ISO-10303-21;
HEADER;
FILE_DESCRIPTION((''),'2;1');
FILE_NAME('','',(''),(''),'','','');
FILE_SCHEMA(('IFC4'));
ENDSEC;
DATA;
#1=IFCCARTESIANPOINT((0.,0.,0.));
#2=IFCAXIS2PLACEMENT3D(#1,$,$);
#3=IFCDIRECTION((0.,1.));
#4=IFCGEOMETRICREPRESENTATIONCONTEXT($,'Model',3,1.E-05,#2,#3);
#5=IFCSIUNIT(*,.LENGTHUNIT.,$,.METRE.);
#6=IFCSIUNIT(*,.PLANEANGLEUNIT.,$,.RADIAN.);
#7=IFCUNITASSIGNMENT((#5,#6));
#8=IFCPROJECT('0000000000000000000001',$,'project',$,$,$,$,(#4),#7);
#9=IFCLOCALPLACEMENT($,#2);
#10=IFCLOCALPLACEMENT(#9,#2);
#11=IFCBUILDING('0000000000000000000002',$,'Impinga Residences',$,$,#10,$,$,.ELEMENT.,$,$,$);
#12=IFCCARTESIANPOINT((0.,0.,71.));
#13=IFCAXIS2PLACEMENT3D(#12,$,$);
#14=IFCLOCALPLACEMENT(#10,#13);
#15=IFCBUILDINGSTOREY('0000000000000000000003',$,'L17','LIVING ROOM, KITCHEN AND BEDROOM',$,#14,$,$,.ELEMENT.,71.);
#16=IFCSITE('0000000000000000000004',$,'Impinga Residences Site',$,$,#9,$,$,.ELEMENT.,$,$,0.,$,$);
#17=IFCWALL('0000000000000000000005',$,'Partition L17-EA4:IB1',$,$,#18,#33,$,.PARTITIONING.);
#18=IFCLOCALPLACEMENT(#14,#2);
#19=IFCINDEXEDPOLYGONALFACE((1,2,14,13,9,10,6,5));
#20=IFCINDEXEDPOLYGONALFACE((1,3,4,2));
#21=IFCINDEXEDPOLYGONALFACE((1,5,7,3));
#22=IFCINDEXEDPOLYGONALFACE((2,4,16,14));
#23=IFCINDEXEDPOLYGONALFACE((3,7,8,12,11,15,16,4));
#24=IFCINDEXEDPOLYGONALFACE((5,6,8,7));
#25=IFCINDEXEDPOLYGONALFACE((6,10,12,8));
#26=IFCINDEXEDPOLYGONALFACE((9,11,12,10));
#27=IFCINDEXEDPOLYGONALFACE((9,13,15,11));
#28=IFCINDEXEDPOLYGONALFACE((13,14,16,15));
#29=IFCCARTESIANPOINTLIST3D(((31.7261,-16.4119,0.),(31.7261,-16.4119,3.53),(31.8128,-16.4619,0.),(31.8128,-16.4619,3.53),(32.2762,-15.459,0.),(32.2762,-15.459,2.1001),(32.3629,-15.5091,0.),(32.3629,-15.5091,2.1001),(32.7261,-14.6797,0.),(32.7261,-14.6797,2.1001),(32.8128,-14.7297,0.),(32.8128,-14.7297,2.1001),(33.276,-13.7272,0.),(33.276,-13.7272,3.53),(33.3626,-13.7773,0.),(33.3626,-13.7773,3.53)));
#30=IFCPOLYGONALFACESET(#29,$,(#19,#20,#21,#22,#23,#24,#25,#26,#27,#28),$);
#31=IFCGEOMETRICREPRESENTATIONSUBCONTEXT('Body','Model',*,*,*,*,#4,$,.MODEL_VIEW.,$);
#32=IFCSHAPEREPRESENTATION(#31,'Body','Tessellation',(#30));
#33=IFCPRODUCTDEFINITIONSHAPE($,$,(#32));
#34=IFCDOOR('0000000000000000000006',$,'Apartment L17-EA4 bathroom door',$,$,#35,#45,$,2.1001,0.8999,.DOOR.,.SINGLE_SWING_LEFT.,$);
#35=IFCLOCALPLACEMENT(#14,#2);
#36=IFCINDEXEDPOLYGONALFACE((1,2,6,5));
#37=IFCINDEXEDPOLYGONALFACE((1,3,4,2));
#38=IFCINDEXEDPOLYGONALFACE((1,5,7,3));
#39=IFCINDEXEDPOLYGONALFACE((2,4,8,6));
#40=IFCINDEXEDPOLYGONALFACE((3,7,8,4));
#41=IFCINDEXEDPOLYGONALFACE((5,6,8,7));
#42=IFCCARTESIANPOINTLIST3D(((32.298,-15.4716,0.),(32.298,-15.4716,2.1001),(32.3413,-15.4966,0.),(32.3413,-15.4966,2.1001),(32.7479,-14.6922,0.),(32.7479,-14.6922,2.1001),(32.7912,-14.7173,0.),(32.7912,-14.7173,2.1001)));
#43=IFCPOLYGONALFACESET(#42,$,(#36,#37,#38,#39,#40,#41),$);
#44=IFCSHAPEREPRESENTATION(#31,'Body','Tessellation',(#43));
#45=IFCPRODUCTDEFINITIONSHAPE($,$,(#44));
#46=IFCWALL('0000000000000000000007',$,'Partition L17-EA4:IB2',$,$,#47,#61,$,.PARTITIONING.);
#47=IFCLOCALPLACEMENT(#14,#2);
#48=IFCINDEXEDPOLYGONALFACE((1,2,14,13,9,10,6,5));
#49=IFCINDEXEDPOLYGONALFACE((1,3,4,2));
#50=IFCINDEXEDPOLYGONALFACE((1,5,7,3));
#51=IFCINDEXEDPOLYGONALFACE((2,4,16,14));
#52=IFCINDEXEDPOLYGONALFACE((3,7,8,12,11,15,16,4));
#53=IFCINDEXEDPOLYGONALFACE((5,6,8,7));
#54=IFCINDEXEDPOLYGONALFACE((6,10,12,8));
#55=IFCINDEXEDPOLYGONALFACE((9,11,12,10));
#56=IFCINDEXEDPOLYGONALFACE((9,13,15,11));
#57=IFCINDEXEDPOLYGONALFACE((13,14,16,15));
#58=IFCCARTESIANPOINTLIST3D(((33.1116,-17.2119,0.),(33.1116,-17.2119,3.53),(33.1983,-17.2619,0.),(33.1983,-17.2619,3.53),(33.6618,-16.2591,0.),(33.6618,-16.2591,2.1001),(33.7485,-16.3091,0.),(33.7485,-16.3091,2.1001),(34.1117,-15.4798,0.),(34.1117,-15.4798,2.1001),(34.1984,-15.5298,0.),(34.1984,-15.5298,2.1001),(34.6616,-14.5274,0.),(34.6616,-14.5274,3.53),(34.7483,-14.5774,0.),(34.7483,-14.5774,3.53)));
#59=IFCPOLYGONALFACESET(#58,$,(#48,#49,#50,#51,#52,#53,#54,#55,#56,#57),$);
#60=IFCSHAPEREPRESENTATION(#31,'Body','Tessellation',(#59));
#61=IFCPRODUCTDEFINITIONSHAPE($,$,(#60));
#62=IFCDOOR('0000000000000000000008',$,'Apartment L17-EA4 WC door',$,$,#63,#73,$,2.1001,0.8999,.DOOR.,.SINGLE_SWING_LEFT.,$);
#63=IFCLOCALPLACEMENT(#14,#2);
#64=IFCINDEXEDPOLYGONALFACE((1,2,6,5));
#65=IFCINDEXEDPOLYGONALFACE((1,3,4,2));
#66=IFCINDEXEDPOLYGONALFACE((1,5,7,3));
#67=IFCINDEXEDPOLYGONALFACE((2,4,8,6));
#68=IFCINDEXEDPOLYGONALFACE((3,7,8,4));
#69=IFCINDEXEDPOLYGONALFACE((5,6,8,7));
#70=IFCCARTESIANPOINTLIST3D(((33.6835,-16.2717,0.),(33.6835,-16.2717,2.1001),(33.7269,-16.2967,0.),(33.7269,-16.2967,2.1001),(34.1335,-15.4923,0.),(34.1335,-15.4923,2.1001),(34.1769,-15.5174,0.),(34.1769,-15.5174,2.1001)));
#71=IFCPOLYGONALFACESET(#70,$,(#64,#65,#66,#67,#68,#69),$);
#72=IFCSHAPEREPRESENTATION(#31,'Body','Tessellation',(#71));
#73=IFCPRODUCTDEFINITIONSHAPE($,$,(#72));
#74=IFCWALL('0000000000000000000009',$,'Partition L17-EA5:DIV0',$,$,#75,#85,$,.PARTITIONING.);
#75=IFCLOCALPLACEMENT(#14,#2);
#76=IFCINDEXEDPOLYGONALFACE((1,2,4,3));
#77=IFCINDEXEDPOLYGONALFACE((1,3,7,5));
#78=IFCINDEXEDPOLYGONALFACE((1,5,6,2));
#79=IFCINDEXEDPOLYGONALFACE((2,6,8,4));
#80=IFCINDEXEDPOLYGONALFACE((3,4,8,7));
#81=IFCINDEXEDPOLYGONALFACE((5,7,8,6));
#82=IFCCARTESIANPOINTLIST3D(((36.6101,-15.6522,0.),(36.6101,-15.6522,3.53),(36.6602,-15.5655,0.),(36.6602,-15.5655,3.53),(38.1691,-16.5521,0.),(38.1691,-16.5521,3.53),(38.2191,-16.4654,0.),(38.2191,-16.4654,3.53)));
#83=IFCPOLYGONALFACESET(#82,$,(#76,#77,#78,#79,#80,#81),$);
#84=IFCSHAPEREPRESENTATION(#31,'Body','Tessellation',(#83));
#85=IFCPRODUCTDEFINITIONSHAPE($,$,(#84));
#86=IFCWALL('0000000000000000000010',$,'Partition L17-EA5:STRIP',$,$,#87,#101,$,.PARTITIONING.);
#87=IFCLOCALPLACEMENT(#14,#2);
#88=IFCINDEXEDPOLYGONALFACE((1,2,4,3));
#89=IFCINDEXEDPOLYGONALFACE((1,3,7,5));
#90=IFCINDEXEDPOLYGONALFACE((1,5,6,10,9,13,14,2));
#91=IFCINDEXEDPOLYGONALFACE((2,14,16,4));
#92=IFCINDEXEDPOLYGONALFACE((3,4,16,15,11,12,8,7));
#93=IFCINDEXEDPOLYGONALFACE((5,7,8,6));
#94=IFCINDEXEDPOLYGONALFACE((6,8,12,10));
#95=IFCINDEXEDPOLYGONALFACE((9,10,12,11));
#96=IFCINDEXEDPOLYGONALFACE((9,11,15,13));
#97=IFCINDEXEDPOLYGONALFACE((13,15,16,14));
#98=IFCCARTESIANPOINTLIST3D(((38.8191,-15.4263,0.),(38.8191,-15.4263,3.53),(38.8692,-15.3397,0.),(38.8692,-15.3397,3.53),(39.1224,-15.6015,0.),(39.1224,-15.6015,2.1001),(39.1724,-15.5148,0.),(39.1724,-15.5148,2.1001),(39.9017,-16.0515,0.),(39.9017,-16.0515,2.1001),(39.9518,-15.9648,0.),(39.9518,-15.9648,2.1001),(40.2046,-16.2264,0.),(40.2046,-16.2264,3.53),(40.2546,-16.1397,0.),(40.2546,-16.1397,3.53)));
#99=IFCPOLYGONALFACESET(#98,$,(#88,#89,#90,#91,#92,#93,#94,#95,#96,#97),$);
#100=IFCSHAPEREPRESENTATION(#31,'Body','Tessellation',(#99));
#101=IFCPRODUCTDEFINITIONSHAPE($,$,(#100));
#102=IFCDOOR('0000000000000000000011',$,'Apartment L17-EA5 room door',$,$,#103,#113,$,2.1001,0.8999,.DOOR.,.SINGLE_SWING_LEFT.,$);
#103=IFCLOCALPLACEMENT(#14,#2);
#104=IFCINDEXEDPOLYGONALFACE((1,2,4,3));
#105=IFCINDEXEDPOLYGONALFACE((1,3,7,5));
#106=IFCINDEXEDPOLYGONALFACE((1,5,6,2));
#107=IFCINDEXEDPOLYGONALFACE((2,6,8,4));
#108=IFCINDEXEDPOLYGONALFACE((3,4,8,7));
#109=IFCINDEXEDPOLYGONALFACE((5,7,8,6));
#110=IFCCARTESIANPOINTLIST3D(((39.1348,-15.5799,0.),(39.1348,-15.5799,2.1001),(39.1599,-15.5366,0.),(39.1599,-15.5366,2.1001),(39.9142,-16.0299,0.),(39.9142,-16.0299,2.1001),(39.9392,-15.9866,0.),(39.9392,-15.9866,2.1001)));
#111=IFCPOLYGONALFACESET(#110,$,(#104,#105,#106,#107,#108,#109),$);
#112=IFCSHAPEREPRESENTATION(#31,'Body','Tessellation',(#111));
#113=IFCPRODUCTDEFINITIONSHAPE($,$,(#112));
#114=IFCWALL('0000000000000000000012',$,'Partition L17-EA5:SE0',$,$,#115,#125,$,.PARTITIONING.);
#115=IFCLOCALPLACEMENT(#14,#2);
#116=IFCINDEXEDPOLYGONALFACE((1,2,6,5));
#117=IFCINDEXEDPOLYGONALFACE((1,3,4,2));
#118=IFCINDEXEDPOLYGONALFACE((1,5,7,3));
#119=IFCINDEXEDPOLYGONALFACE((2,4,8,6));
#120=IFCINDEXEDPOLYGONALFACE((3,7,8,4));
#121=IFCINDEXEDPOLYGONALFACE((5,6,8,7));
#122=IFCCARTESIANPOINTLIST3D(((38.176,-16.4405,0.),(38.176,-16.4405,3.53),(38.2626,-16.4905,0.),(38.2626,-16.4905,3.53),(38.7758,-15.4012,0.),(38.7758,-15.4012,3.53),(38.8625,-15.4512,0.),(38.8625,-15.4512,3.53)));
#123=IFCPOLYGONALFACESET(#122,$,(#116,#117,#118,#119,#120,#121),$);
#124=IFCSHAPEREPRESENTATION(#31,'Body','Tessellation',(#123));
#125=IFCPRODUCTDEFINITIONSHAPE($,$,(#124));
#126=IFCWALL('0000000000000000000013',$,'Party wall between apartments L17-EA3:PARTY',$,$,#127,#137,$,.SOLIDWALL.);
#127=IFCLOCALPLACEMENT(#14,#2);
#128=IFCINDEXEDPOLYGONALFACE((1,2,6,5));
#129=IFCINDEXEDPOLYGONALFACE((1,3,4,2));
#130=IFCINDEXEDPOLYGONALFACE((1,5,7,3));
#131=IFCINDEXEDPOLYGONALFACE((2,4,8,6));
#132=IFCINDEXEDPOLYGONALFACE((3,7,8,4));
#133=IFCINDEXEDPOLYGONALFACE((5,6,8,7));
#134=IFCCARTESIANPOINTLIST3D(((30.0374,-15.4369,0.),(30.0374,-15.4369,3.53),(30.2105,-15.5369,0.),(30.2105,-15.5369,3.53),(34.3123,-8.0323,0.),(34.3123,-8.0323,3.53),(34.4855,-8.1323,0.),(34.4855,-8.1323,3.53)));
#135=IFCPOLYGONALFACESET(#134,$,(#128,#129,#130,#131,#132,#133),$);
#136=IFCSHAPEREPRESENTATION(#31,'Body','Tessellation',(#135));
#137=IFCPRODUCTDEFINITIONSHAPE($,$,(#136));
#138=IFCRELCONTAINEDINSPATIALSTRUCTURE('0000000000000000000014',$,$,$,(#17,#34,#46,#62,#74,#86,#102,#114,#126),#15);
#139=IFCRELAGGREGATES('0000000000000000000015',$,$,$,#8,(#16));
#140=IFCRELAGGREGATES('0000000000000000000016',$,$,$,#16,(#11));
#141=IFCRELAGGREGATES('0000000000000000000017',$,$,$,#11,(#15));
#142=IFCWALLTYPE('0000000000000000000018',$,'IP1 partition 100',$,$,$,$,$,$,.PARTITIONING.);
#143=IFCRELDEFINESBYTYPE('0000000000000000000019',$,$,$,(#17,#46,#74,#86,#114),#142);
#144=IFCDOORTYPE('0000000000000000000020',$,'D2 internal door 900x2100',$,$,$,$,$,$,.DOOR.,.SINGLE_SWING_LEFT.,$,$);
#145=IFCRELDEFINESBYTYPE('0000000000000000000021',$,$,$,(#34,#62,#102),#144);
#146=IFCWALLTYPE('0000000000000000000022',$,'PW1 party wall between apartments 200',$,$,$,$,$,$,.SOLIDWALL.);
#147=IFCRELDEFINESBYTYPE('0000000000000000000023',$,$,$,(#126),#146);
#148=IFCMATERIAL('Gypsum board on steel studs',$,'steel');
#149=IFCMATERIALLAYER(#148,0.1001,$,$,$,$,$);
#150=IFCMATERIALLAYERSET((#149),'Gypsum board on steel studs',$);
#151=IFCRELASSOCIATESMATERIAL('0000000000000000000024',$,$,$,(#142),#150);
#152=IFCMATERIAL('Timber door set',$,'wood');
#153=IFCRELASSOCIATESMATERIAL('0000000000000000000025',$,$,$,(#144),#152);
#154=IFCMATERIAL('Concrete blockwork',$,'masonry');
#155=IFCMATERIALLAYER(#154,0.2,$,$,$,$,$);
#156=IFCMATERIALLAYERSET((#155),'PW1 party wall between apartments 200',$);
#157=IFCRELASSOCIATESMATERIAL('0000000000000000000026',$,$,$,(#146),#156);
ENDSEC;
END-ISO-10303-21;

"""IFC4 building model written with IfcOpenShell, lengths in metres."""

from ifc_helpers import new_model, si_unit, direction, frame, frame_2d, origin, place, context, subcontext, project, spatial, rectangle, extrude, material, layer, layer_set, type_object, element, fill, save


model = new_model("IFC4")

# Units and contexts
model_context = context("Model", 3, precision=1e-05, world=origin(), true_north=direction((0.0, 1.0)))
body_context = subcontext(model_context, "Body", "Model", "MODEL_VIEW")
ifc_project = project(units=[si_unit("LENGTHUNIT", "METRE"), si_unit("PLANEANGLEUNIT", "RADIAN")], contexts=[model_context])

# Site, building, storey
site_placement = place(None, origin())
site = spatial("IfcSite", under=ifc_project, at=site_placement, Name="Impinga Residences Site", CompositionType="ELEMENT", RefElevation=0.0)
building_placement = place(site_placement, origin())
building = spatial("IfcBuilding", under=site, at=building_placement, Name="Impinga Residences", CompositionType="ELEMENT")
storey_placement = place(building_placement, frame((0.0, 0.0, 71.0)))
storey = spatial("IfcBuildingStorey", under=building, at=storey_placement, Name="L17", Description="LIVING ROOM, KITCHEN AND BEDROOM", CompositionType="ELEMENT", Elevation=71.0)

# Shared definitions
ifc_material_1 = material(Name="Gypsum board on steel studs", Category="steel")
ifc_layer_1 = layer(ifc_material_1, 0.1001)
ifc_layer_set_1 = layer_set([ifc_layer_1], Name="Gypsum board on steel studs")
wall_type_1 = type_object("IfcWallType", Name="IP1 partition 100", PredefinedType="PARTITIONING", material=ifc_layer_set_1)

# Shared definitions
ifc_material_2 = material(Name="Timber door set", Category="wood")
door_type = type_object("IfcDoorType", Name="D2 internal door 900x2100", OperationType="SINGLE_SWING_LEFT", PredefinedType="DOOR", material=ifc_material_2)

# Walls, openings, doors
wall_1_placement = place(storey_placement, frame((31.7695, -16.4368, 0.0), z_axis=(0.0, 0.0, 1.0), x_axis=(0.499968, 0.866044, 0.0)))
wall_1 = element("IfcWall", 1, at=wall_1_placement, inside=storey, type_object=wall_type_1, Name="Partition L17-EA4:IB1", PredefinedType="PARTITIONING", context=body_context, shape_type="SweptSolid", body=[
    extrude(rectangle(XDim=3.0999, YDim=0.1001, at=frame_2d((1.5498, 0.0))), origin(), (0.0, 0.0, 1.0), 3.53),
])
opening_1_placement = place(wall_1_placement, frame((1.1001, 0.0, 0.0)))
opening_1 = element("IfcOpeningElement", 2, at=opening_1_placement, cuts=wall_1, PredefinedType="OPENING", context=body_context, shape_type="SweptSolid", body=[
    extrude(rectangle(XDim=0.8999, YDim=2.1001, at=frame_2d((0.45, 1.05))), frame((0.0, 0.0601, 0.0), z_axis=(0.0, -1.0, 0.0), x_axis=(1.0, 0.0, 0.0)), (0.0, 0.0, 1.0), 0.1201),
])
door_1_placement = place(opening_1_placement, origin())
door_1 = element("IfcDoor", 3, at=door_1_placement, inside=storey, type_object=door_type, Name="Apartment L17-EA4 bathroom door", OperationType="SINGLE_SWING_LEFT", OverallHeight=2.1001, OverallWidth=0.8999, PredefinedType="DOOR", context=body_context, shape_type="SweptSolid", body=[
    extrude(rectangle(XDim=0.8999, YDim=2.1001, at=frame_2d((0.45, 1.05))), frame((0.0, 0.0249, 0.0), z_axis=(0.0, -1.0, 0.0), x_axis=(1.0, 0.0, 0.0)), (0.0, 0.0, 1.0), 0.05),
])
fill(opening_1, door_1)
wall_2_placement = place(storey_placement, frame((33.155, -17.2368, 0.0), z_axis=(0.0, 0.0, 1.0), x_axis=(0.500027, 0.86601, 0.0)))
wall_2 = element("IfcWall", 4, at=wall_2_placement, inside=storey, type_object=wall_type_1, Name="Partition L17-EA4:IB2", PredefinedType="PARTITIONING", context=body_context, shape_type="SweptSolid", body=[
    extrude(rectangle(XDim=3.0999, YDim=0.1001, at=frame_2d((1.5498, 0.0))), origin(), (0.0, 0.0, 1.0), 3.53),
])
opening_2_placement = place(wall_2_placement, frame((1.1001, 0.0, 0.0)))
opening_2 = element("IfcOpeningElement", 5, at=opening_2_placement, cuts=wall_2, PredefinedType="OPENING", context=body_context, shape_type="SweptSolid", body=[
    extrude(rectangle(XDim=0.8999, YDim=2.1001, at=frame_2d((0.45, 1.05))), frame((0.0, 0.0601, 0.0), z_axis=(0.0, -1.0, 0.0), x_axis=(1.0, 0.0, 0.0)), (0.0, 0.0, 1.0), 0.1201),
])
door_2_placement = place(opening_2_placement, origin())
door_2 = element("IfcDoor", 6, at=door_2_placement, inside=storey, type_object=door_type, Name="Apartment L17-EA4 WC door", OperationType="SINGLE_SWING_LEFT", OverallHeight=2.1001, OverallWidth=0.8999, PredefinedType="DOOR", context=body_context, shape_type="SweptSolid", body=[
    extrude(rectangle(XDim=0.8999, YDim=2.1001, at=frame_2d((0.45, 1.05))), frame((0.0, 0.0249, 0.0), z_axis=(0.0, -1.0, 0.0), x_axis=(1.0, 0.0, 0.0)), (0.0, 0.0, 1.0), 0.05),
])
fill(opening_2, door_2)

# Wall
wall_3_placement = place(storey_placement, frame((36.6353, -15.6089, 0.0), z_axis=(0.0, 0.0, 1.0), x_axis=(0.866048, -0.499961, 0.0)))
element("IfcWall", 7, at=wall_3_placement, inside=storey, type_object=wall_type_1, Name="Partition L17-EA5:DIV0", PredefinedType="PARTITIONING", context=body_context, shape_type="SweptSolid", body=[
    extrude(rectangle(XDim=1.8, YDim=0.1001, at=frame_2d((0.8999, 0.0))), origin(), (0.0, 0.0, 1.0), 3.53),
])

# Wall, opening, door
wall_4_placement = place(storey_placement, frame((38.8442, -15.3831, 0.0), z_axis=(0.0, 0.0, 1.0), x_axis=(0.86599, -0.500061, 0.0)))
wall_4 = element("IfcWall", 8, at=wall_4_placement, inside=storey, type_object=wall_type_1, Name="Partition L17-EA5:STRIP", PredefinedType="PARTITIONING", context=body_context, shape_type="SweptSolid", body=[
    extrude(rectangle(XDim=1.5999, YDim=0.1001, at=frame_2d((0.7998, 0.0))), origin(), (0.0, 0.0, 1.0), 3.53),
])
opening_3_placement = place(wall_4_placement, frame((0.3501, 0.0, 0.0)))
opening_3 = element("IfcOpeningElement", 9, at=opening_3_placement, cuts=wall_4, PredefinedType="OPENING", context=body_context, shape_type="SweptSolid", body=[
    extrude(rectangle(XDim=0.8999, YDim=2.1001, at=frame_2d((0.45, 1.05))), frame((0.0, 0.0601, 0.0), z_axis=(0.0, -1.0, 0.0), x_axis=(1.0, 0.0, 0.0)), (0.0, 0.0, 1.0), 0.1201),
])
door_3_placement = place(opening_3_placement, origin())
door_3 = element("IfcDoor", 10, at=door_3_placement, inside=storey, type_object=door_type, Name="Apartment L17-EA5 room door", OperationType="SINGLE_SWING_LEFT", OverallHeight=2.1001, OverallWidth=0.8999, PredefinedType="DOOR", context=body_context, shape_type="SweptSolid", body=[
    extrude(rectangle(XDim=0.8999, YDim=2.1001, at=frame_2d((0.45, 1.05))), frame((0.0, 0.0249, 0.0), z_axis=(0.0, -1.0, 0.0), x_axis=(1.0, 0.0, 0.0)), (0.0, 0.0, 1.0), 0.05),
])
fill(opening_3, door_3)

# Walls
wall_5_placement = place(storey_placement, frame((38.2192, -16.4656, 0.0), z_axis=(0.0, 0.0, 1.0), x_axis=(0.499881, 0.866094, 0.0)))
element("IfcWall", 11, at=wall_5_placement, inside=storey, type_object=wall_type_1, Name="Partition L17-EA5:SE0", PredefinedType="PARTITIONING", context=body_context, shape_type="SweptSolid", body=[
    extrude(rectangle(XDim=1.2, YDim=0.1001, at=frame_2d((0.6001, 0.0))), origin(), (0.0, 0.0, 1.0), 3.53),
])
ifc_material_3 = material(Name="Concrete blockwork", Category="masonry")
ifc_layer_2 = layer(ifc_material_3, 0.2)
ifc_layer_set_2 = layer_set([ifc_layer_2], Name="PW1 party wall between apartments 200")
wall_type_2 = type_object("IfcWallType", Name="PW1 party wall between apartments 200", PredefinedType="SOLIDWALL", material=ifc_layer_set_2)
wall_6_placement = place(storey_placement, frame((30.124, -15.4868, 0.0), z_axis=(0.0, 0.0, 1.0), x_axis=(0.49999, 0.866031, 0.0)))
element("IfcWall", 12, at=wall_6_placement, inside=storey, type_object=wall_type_2, Name="Party wall between apartments L17-EA3:PARTY", PredefinedType="SOLIDWALL", context=body_context, shape_type="SweptSolid", body=[
    extrude(rectangle(XDim=8.55, YDim=0.2, at=frame_2d((4.2749, 0.0))), origin(), (0.0, 0.0, 1.0), 3.53),
])

save(model, "model.ifc")
